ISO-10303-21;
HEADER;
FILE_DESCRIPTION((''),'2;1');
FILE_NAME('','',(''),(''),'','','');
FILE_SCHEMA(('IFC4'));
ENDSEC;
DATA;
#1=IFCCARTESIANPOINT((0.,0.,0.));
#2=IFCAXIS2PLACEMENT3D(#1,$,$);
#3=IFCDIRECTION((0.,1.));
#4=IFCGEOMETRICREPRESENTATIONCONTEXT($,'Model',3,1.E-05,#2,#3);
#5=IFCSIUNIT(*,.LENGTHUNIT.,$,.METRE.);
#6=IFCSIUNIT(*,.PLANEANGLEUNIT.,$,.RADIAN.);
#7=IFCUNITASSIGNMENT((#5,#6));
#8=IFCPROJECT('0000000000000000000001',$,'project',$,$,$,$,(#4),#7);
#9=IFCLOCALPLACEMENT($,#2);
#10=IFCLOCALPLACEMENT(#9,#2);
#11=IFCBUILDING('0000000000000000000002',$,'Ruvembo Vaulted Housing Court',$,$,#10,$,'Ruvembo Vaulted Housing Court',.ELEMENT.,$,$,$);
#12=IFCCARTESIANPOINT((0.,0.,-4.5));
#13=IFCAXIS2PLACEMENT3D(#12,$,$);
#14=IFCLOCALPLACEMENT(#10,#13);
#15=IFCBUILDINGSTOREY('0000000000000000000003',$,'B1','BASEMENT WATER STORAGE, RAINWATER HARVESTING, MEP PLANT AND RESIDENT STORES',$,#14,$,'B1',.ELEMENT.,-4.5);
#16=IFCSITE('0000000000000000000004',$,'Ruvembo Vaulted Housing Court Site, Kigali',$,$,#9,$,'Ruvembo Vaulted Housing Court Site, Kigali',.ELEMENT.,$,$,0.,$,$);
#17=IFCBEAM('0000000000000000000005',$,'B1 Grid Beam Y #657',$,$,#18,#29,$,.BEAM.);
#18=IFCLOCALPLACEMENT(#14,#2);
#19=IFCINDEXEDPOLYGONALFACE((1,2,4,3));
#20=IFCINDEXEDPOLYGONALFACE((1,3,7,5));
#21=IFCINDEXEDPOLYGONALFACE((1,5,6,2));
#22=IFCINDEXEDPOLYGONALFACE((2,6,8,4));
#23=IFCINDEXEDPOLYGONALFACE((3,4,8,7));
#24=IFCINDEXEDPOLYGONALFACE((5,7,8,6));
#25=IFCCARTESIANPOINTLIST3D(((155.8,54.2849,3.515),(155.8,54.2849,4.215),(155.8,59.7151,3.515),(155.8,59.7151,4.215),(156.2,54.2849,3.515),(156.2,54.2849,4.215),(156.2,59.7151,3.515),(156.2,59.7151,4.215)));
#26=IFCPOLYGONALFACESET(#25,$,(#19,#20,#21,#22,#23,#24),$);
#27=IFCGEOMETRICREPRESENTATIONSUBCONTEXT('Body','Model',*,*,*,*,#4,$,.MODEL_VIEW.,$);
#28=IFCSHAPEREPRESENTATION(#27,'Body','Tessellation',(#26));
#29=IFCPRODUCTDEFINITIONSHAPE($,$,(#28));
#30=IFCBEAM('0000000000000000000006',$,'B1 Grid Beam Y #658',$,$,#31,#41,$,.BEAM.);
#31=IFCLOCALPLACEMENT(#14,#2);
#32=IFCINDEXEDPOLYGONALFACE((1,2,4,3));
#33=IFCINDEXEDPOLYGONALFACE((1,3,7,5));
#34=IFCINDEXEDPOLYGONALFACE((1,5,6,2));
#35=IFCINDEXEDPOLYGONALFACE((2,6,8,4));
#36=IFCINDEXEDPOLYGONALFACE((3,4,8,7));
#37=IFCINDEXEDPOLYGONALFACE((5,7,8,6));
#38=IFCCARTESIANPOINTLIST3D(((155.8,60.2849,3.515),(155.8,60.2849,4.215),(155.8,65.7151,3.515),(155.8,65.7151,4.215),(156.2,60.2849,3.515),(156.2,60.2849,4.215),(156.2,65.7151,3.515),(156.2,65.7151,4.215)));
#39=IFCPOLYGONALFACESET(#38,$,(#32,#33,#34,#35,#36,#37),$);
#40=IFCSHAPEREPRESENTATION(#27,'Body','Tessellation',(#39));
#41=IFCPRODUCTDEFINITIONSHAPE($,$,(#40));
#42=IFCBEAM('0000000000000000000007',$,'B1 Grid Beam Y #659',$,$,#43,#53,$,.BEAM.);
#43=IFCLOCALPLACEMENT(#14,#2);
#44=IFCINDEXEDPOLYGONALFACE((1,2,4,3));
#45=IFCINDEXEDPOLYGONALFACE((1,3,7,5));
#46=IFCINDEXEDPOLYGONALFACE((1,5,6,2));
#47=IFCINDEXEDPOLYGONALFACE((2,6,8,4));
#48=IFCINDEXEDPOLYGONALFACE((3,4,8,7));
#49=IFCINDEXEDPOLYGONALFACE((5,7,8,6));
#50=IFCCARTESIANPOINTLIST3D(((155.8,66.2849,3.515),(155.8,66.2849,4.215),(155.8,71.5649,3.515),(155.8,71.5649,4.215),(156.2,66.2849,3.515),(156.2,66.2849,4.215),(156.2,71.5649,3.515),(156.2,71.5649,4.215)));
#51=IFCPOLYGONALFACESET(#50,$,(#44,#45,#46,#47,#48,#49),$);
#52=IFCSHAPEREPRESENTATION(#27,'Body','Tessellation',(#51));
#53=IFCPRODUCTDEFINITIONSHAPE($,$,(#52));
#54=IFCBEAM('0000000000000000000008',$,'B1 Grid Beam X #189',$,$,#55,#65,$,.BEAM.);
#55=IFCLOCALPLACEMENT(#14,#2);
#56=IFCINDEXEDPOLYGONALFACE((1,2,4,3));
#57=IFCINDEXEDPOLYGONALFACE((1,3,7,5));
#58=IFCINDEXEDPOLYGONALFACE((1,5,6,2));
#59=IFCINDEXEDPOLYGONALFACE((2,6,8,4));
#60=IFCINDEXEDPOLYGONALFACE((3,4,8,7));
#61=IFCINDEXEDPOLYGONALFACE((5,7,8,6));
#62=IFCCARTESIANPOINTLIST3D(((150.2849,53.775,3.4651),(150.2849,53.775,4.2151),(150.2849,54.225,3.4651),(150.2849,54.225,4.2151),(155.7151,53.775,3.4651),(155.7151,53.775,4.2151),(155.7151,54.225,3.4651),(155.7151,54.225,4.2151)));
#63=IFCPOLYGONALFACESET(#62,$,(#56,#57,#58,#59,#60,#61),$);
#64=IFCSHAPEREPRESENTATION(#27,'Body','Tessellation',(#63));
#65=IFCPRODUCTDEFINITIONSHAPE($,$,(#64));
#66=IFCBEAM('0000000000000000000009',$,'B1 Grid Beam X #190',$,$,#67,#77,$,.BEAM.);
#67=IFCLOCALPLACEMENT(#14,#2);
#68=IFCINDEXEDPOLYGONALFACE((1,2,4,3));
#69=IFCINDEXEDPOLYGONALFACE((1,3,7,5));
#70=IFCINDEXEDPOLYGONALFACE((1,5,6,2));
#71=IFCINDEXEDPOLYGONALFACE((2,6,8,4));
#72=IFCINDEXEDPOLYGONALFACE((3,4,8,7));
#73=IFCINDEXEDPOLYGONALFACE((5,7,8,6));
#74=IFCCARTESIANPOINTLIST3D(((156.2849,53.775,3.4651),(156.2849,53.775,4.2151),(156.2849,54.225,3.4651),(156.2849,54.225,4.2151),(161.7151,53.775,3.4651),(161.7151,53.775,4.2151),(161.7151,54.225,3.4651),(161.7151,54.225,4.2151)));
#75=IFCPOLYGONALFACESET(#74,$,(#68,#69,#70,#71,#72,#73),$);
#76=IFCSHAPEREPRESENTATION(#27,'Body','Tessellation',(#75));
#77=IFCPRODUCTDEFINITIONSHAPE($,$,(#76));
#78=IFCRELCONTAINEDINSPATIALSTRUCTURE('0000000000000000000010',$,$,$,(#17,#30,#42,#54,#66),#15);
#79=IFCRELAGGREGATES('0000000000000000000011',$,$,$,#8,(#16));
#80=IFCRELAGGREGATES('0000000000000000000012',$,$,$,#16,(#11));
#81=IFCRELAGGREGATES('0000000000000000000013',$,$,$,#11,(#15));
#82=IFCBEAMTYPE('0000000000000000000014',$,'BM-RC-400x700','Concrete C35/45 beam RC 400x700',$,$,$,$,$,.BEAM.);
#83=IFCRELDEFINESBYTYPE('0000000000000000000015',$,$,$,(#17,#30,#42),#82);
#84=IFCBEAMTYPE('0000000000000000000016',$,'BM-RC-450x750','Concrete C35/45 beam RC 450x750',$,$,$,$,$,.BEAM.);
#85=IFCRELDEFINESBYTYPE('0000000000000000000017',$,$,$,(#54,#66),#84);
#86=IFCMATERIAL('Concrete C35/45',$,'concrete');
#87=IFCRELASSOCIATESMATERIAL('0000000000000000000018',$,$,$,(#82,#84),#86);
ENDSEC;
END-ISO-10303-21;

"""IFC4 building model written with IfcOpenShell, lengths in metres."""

from ifc_helpers import new_model, si_unit, direction, frame, origin, origin_2d, place, context, subcontext, project, spatial, rectangle, extrude, material, material_profile, profile_set, type_object, element, save


model = new_model("IFC4")

# Units and contexts
model_context = context("Model", 3, precision=1e-05, world=origin(), true_north=direction((0.0, 1.0)))
body_context = subcontext(model_context, "Body", "Model", "MODEL_VIEW")
ifc_project = project(units=[si_unit("LENGTHUNIT", "METRE"), si_unit("PLANEANGLEUNIT", "RADIAN")], contexts=[model_context])

# Site, building, storey
site_placement = place(None, origin())
site = spatial("IfcSite", under=ifc_project, at=site_placement, Name="Ruvembo Vaulted Housing Court Site, Kigali", LongName="Ruvembo Vaulted Housing Court Site, Kigali", CompositionType="ELEMENT", RefElevation=0.0)
building_placement = place(site_placement, origin())
building = spatial("IfcBuilding", under=site, at=building_placement, Name="Ruvembo Vaulted Housing Court", LongName="Ruvembo Vaulted Housing Court", CompositionType="ELEMENT")
storey_placement = place(building_placement, frame((0.0, 0.0, -4.5)))
storey = spatial("IfcBuildingStorey", under=building, at=storey_placement, Name="B1", Description="BASEMENT WATER STORAGE, RAINWATER HARVESTING, MEP PLANT AND RESIDENT STORES", LongName="B1", CompositionType="ELEMENT", Elevation=-4.5)

# Shared definitions
ifc_material_1 = material(Name="Concrete C35/45", Category="concrete")

# Beams
ifc_material_profile_1 = material_profile(ifc_material_1, rectangle(XDim=0.3999, YDim=0.7, at=origin_2d()), Name="RC 400x700")
ifc_profile_set_1 = profile_set([ifc_material_profile_1], Name="Concrete C35/45")
beam_type_1 = type_object("IfcBeamType", Name="BM-RC-400x700", Description="Concrete C35/45 beam RC 400x700", PredefinedType="BEAM", material=ifc_profile_set_1)
for number, where, z_axis, x_axis, name in (
    (1, (156.0, 54.2849, 3.865), (0.0, 1.0, 0.0), (-1.0, 0.0, 0.0), "B1 Grid Beam Y #657"),
    (2, (156.0, 60.2849, 3.865), (0.0, 1.0, 0.0), (-1.0, 0.0, 0.0), "B1 Grid Beam Y #658"),
):
    element("IfcBeam", number, at=place(storey_placement, frame(where, z_axis=z_axis, x_axis=x_axis)), inside=storey, type_object=beam_type_1, Name=name, PredefinedType="BEAM", context=body_context, shape_type="SweptSolid", body=[
        extrude(rectangle(XDim=0.3999, YDim=0.7, at=origin_2d()), origin(), (0.0, 0.0, 1.0), 5.4302),
    ])
beam_placement = place(storey_placement, frame((156.0, 66.2849, 3.865), z_axis=(0.0, 1.0, 0.0), x_axis=(-1.0, 0.0, 0.0)))
element("IfcBeam", 3, at=beam_placement, inside=storey, type_object=beam_type_1, Name="B1 Grid Beam Y #659", PredefinedType="BEAM", context=body_context, shape_type="SweptSolid", body=[
    extrude(rectangle(XDim=0.3999, YDim=0.7, at=origin_2d()), origin(), (0.0, 0.0, 1.0), 5.28),
])
ifc_material_profile_2 = material_profile(ifc_material_1, rectangle(XDim=0.45, YDim=0.75, at=origin_2d()), Name="RC 450x750")
ifc_profile_set_2 = profile_set([ifc_material_profile_2], Name="Concrete C35/45")
beam_type_2 = type_object("IfcBeamType", Name="BM-RC-450x750", Description="Concrete C35/45 beam RC 450x750", PredefinedType="BEAM", material=ifc_profile_set_2)
for number, where, z_axis, x_axis, name in (
    (4, (150.2849, 54.0, 3.8401), (1.0, 0.0, 0.0), (0.0, 1.0, 0.0), "B1 Grid Beam X #189"),
    (5, (156.2849, 54.0, 3.8401), (1.0, 0.0, 0.0), (0.0, 1.0, 0.0), "B1 Grid Beam X #190"),
):
    element("IfcBeam", number, at=place(storey_placement, frame(where, z_axis=z_axis, x_axis=x_axis)), inside=storey, type_object=beam_type_2, Name=name, PredefinedType="BEAM", context=body_context, shape_type="SweptSolid", body=[
        extrude(rectangle(XDim=0.45, YDim=0.75, at=origin_2d()), origin(), (0.0, 0.0, 1.0), 5.4302),
    ])

save(model, "model.ifc")
